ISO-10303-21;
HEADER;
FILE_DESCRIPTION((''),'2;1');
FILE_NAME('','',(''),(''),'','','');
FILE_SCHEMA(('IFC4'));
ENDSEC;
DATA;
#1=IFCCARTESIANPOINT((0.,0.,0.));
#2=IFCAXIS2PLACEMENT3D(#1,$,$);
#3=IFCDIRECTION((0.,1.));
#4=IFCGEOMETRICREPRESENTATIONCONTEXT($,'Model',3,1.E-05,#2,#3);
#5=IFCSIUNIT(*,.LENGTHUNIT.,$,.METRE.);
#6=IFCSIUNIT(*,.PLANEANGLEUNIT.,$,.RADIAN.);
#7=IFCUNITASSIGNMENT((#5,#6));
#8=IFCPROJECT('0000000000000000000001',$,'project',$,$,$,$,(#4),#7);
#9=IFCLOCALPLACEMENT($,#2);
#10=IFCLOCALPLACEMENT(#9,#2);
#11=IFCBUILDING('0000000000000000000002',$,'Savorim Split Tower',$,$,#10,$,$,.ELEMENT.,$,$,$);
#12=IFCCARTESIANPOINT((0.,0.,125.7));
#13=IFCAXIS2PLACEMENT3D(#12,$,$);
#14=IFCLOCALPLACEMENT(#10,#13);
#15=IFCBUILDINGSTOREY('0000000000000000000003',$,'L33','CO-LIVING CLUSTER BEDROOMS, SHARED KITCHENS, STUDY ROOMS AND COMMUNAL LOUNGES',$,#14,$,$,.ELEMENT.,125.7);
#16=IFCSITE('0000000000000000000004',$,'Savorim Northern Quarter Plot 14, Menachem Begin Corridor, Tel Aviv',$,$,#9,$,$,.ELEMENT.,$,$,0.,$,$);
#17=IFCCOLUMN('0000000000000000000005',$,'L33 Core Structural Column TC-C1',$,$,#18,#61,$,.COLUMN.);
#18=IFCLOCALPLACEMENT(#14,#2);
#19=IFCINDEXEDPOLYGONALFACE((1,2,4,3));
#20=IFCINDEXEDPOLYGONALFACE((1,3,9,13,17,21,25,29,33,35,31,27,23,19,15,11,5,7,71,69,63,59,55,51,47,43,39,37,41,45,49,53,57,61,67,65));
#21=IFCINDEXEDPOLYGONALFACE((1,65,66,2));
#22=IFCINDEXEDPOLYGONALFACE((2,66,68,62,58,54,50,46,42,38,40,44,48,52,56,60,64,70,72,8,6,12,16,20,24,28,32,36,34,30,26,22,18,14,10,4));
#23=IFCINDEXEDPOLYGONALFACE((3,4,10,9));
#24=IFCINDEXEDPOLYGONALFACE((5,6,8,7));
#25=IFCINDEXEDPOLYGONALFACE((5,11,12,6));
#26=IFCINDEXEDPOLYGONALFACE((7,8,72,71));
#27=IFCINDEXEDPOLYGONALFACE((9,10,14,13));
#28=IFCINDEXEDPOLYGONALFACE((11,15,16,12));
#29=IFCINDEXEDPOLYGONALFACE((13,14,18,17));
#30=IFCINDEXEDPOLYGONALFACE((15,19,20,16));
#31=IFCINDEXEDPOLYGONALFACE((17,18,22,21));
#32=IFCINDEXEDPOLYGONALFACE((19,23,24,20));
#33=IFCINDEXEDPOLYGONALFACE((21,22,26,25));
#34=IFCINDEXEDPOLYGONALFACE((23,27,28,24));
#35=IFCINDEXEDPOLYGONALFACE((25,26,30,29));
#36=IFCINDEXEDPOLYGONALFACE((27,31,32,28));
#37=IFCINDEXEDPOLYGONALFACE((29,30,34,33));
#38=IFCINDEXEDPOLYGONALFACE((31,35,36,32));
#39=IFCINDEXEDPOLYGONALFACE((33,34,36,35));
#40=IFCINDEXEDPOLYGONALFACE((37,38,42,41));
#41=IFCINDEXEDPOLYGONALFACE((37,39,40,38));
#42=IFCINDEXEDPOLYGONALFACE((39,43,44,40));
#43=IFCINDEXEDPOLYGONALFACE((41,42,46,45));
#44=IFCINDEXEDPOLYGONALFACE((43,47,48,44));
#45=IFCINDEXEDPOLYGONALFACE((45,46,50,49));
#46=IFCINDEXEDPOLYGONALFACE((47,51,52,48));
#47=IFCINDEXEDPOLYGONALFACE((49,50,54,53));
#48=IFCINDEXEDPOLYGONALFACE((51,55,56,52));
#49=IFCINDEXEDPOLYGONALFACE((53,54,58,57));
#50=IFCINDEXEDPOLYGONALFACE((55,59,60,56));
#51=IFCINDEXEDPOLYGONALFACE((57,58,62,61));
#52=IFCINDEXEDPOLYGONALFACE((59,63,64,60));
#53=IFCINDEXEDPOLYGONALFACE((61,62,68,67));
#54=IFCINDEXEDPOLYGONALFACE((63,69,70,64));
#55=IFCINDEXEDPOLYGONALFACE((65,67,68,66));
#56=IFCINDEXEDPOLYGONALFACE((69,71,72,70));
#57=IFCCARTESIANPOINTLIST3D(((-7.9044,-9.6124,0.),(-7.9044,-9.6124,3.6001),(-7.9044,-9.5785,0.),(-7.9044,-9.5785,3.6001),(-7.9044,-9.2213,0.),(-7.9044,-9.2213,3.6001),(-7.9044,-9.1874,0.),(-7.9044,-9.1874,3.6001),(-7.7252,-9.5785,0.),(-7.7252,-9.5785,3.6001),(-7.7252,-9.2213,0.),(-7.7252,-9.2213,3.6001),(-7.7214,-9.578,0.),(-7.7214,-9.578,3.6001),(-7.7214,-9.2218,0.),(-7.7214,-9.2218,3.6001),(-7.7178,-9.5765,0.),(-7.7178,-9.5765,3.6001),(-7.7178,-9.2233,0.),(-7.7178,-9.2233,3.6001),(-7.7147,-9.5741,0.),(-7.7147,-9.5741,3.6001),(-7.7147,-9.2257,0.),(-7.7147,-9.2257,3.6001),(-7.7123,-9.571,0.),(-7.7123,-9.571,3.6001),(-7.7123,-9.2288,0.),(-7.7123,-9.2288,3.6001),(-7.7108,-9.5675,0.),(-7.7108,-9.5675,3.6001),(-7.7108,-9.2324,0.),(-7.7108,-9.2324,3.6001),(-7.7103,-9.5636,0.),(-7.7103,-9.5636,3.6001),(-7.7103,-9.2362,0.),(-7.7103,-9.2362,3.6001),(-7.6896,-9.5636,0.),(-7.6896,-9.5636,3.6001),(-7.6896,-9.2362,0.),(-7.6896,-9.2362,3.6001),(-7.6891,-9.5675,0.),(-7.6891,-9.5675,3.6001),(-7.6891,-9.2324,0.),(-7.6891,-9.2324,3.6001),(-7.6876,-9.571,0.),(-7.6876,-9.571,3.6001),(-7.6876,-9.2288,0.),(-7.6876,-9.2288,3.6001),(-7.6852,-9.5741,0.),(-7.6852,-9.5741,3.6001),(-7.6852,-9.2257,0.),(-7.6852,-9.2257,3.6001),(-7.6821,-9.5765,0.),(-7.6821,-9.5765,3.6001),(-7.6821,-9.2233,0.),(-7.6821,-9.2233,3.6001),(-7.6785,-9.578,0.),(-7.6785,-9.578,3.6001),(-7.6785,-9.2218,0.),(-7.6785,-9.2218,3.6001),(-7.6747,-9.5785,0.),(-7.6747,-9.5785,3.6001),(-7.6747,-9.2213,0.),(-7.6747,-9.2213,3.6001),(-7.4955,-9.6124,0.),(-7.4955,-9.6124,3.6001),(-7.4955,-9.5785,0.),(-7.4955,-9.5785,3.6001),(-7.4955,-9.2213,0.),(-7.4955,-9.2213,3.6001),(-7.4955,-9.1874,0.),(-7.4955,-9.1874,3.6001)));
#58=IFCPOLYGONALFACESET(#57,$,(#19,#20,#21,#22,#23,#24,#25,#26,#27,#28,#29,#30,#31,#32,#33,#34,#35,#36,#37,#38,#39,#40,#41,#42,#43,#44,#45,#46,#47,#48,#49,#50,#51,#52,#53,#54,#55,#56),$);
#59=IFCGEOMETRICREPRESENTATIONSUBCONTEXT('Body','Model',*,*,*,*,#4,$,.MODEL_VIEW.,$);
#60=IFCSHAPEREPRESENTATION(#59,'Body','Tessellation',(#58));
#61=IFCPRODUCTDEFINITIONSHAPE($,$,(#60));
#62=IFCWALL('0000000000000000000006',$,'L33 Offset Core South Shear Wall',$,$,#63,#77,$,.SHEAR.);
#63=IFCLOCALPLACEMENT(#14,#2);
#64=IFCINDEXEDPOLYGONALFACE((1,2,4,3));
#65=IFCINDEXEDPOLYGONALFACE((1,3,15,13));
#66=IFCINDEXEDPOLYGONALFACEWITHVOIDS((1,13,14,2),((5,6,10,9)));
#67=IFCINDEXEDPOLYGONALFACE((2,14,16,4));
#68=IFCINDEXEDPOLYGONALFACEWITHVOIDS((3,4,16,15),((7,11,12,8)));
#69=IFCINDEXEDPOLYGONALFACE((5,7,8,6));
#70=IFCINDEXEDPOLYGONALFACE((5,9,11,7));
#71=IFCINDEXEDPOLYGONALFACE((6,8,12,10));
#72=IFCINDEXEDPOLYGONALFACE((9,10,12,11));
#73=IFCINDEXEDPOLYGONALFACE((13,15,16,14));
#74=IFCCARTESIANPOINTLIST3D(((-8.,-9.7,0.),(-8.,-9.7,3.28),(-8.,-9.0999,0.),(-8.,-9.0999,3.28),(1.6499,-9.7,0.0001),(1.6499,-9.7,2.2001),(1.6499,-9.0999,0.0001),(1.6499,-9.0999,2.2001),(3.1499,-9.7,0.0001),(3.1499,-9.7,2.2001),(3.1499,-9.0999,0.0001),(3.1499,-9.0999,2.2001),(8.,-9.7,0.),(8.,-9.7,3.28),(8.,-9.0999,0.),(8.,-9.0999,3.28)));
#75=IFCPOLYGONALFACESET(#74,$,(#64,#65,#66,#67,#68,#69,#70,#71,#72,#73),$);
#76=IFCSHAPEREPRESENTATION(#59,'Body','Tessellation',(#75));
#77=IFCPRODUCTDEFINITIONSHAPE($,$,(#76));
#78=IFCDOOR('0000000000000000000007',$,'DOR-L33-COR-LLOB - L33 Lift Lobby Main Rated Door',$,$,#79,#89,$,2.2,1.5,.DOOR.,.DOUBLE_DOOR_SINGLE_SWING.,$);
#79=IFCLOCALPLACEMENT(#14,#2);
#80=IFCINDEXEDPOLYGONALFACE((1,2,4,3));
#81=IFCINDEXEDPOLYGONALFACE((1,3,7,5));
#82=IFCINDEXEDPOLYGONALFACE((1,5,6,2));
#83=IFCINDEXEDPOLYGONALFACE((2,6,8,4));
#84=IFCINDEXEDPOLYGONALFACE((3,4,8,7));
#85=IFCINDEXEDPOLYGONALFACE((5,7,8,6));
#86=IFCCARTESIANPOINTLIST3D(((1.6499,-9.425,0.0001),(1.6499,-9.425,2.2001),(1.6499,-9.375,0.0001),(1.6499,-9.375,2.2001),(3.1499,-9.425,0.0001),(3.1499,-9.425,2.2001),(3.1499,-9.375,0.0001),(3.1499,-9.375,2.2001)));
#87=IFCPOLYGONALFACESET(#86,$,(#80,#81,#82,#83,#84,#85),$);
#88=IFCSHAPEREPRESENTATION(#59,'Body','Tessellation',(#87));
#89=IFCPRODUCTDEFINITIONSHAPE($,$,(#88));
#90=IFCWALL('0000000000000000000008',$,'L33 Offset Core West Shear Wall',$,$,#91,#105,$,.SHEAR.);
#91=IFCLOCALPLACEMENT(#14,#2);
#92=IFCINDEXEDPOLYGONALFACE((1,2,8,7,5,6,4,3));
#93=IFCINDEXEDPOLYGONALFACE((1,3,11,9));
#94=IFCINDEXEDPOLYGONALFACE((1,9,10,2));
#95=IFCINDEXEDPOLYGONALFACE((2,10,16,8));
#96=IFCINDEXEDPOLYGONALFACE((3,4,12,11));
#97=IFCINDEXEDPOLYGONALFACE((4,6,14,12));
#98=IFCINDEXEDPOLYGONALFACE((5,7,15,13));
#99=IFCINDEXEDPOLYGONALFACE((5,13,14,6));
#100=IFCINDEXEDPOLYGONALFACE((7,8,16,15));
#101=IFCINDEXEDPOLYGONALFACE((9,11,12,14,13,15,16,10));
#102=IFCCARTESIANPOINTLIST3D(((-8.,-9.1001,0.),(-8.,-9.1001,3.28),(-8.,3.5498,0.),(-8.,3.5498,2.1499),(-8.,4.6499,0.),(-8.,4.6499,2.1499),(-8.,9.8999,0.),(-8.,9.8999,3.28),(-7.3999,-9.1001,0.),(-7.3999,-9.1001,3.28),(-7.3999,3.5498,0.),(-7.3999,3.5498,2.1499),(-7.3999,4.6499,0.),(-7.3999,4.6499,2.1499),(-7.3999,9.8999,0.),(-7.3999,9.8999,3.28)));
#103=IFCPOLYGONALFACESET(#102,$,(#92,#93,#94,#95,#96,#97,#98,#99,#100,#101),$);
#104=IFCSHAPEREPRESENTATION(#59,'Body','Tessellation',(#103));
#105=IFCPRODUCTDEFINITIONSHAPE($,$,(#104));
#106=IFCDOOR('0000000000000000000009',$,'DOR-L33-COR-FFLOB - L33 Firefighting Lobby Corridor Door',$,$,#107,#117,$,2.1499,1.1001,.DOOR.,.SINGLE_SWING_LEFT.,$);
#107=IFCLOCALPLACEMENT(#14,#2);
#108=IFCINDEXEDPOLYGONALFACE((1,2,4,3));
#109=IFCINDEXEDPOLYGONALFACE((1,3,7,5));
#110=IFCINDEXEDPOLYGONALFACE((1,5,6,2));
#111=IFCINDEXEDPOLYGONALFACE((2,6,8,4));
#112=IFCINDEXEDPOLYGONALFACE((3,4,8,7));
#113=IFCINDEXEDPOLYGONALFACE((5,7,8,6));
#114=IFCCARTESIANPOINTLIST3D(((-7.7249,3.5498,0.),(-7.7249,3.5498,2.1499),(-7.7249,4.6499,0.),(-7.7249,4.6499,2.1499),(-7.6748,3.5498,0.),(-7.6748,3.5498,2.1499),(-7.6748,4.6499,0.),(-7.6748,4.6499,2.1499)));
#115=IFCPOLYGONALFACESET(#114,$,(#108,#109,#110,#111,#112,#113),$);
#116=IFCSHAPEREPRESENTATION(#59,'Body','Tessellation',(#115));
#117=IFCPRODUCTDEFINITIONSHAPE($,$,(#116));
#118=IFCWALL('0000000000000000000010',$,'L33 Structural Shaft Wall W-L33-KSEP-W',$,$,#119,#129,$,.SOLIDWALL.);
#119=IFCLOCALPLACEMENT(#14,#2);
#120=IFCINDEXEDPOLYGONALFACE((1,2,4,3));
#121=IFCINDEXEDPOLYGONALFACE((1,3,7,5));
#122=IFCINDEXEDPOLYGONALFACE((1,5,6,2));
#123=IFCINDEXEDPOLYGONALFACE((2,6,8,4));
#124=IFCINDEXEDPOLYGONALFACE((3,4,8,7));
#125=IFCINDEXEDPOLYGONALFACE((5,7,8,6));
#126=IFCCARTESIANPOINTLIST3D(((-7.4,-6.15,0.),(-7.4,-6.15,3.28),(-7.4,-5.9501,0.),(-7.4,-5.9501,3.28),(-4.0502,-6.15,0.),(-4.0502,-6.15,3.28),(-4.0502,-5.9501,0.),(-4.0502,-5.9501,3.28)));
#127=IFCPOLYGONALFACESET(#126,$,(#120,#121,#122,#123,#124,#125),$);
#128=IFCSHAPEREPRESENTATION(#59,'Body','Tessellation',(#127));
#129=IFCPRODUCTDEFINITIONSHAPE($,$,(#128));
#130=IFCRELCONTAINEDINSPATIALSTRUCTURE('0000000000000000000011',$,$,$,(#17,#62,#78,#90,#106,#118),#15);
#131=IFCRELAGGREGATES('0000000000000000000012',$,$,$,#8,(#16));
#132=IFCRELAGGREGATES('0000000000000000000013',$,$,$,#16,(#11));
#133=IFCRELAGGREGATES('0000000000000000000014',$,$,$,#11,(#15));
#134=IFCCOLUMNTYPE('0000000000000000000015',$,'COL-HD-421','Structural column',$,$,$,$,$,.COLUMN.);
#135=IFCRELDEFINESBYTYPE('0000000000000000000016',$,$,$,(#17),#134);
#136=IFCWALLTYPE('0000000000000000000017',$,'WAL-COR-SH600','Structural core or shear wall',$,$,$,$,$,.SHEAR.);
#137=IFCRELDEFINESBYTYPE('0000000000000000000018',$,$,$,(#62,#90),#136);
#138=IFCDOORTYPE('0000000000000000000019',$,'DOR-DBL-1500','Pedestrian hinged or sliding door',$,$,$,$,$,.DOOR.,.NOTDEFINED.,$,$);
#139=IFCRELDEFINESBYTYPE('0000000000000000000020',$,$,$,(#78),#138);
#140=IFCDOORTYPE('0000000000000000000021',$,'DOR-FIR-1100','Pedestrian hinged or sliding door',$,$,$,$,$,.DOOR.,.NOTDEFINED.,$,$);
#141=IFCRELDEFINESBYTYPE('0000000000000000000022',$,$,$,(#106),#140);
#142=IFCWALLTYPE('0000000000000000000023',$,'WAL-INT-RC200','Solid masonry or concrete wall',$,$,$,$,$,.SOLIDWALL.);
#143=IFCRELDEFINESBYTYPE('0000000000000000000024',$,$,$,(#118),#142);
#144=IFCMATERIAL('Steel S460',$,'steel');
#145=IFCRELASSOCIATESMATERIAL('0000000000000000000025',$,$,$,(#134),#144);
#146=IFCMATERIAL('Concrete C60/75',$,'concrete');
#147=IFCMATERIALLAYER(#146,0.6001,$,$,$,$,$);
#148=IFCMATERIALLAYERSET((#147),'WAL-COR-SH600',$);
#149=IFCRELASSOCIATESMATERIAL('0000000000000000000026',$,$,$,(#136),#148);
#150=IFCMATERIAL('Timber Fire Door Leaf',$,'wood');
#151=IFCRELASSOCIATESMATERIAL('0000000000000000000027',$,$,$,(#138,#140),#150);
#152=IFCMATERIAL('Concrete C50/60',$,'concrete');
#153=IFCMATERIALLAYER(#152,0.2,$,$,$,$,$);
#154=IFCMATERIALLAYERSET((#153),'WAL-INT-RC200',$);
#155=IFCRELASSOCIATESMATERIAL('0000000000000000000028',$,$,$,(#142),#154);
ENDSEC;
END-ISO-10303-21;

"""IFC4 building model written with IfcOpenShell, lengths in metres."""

from ifc_helpers import new_model, si_unit, direction, frame, frame_2d, origin, origin_2d, place, context, subcontext, project, spatial, rectangle, i_section, extrude, material, layer, layer_set, material_profile, profile_set, type_object, element, fill, save


model = new_model("IFC4")

# Units and contexts
model_context = context("Model", 3, precision=1e-05, world=origin(), true_north=direction((0.0, 1.0)))
body_context = subcontext(model_context, "Body", "Model", "MODEL_VIEW")
ifc_project = project(units=[si_unit("LENGTHUNIT", "METRE"), si_unit("PLANEANGLEUNIT", "RADIAN")], contexts=[model_context])

# Site, building, storey
site_placement = place(None, origin())
site = spatial("IfcSite", under=ifc_project, at=site_placement, Name="Savorim Northern Quarter Plot 14, Menachem Begin Corridor, Tel Aviv", CompositionType="ELEMENT", RefElevation=0.0)
building_placement = place(site_placement, origin())
building = spatial("IfcBuilding", under=site, at=building_placement, Name="Savorim Split Tower", CompositionType="ELEMENT")
storey_placement = place(building_placement, frame((0.0, 0.0, 125.7)))
storey = spatial("IfcBuildingStorey", under=building, at=storey_placement, Name="L33", Description="CO-LIVING CLUSTER BEDROOMS, SHARED KITCHENS, STUDY ROOMS AND COMMUNAL LOUNGES", CompositionType="ELEMENT", Elevation=125.7)

# Column
ifc_material_1 = material(Name="Steel S460", Category="steel")
ifc_material_profile = material_profile(ifc_material_1, i_section(OverallWidth=0.4089, OverallDepth=0.425, WebThickness=0.0208, FlangeThickness=0.0339, FilletRadius=0.0149, at=origin_2d()), Name="HD 400x421")
ifc_profile_set = profile_set([ifc_material_profile], Name="Steel S460")
column_type = type_object("IfcColumnType", Name="COL-HD-421", Description="Structural column", PredefinedType="COLUMN", material=ifc_profile_set)
column_placement = place(storey_placement, frame((-7.7, -9.3999, 0.0), z_axis=(0.0, 0.0, 1.0), x_axis=(1.0, 0.0, 0.0)))
element("IfcColumn", 1, at=column_placement, inside=storey, type_object=column_type, Name="L33 Core Structural Column TC-C1", PredefinedType="COLUMN", context=body_context, shape_type="SweptSolid", body=[
    extrude(i_section(OverallWidth=0.4089, OverallDepth=0.425, WebThickness=0.0208, FlangeThickness=0.0339, FilletRadius=0.0149, at=origin_2d()), origin(), (0.0, 0.0, 1.0), 3.6001),
])

# Walls, openings, doors
ifc_material_2 = material(Name="Concrete C60/75", Category="concrete")
ifc_layer_1 = layer(ifc_material_2, 0.6001)
ifc_layer_set_1 = layer_set([ifc_layer_1], Name="WAL-COR-SH600")
wall_type_1 = type_object("IfcWallType", Name="WAL-COR-SH600", Description="Structural core or shear wall", PredefinedType="SHEAR", material=ifc_layer_set_1)
wall_1_placement = place(storey_placement, frame((-8.0, -9.3999, 0.0), z_axis=(0.0, 0.0, 1.0), x_axis=(1.0, 0.0, 0.0)))
wall_1 = element("IfcWall", 2, at=wall_1_placement, inside=storey, type_object=wall_type_1, Name="L33 Offset Core South Shear Wall", PredefinedType="SHEAR", context=body_context, shape_type="SweptSolid", body=[
    extrude(rectangle(XDim=16.0, YDim=0.6001, at=frame_2d((8.0, 0.0))), origin(), (0.0, 0.0, 1.0), 3.28),
])
opening_1_placement = place(wall_1_placement, frame((9.6499, 0.0, 0.0)))
opening_1 = element("IfcOpeningElement", 3, at=opening_1_placement, cuts=wall_1, PredefinedType="OPENING", context=body_context, shape_type="SweptSolid", body=[
    extrude(rectangle(XDim=1.5, YDim=2.2, at=frame_2d((0.75, 1.1001))), frame((0.0, 0.3101, 0.0), z_axis=(0.0, -1.0, 0.0), x_axis=(1.0, 0.0, 0.0)), (0.0, 0.0, 1.0), 0.6201),
])
ifc_material_3 = material(Name="Timber Fire Door Leaf", Category="wood")
door_type_1 = type_object("IfcDoorType", Name="DOR-DBL-1500", Description="Pedestrian hinged or sliding door", OperationType="NOTDEFINED", PredefinedType="DOOR", material=ifc_material_3)
door_1_placement = place(opening_1_placement, origin())
door_1 = element("IfcDoor", 4, at=door_1_placement, inside=storey, type_object=door_type_1, Name="DOR-L33-COR-LLOB - L33 Lift Lobby Main Rated Door", OperationType="DOUBLE_DOOR_SINGLE_SWING", OverallHeight=2.2, OverallWidth=1.5, PredefinedType="DOOR", context=body_context, shape_type="SweptSolid", body=[
    extrude(rectangle(XDim=1.5, YDim=2.2, at=frame_2d((0.75, 1.1001))), frame((0.0, 0.0249, 0.0), z_axis=(0.0, -1.0, 0.0), x_axis=(1.0, 0.0, 0.0)), (0.0, 0.0, 1.0), 0.05),
])
fill(opening_1, door_1)
wall_2_placement = place(storey_placement, frame((-7.7, -9.1001, 0.0), z_axis=(0.0, 0.0, 1.0), x_axis=(0.0, 1.0, 0.0)))
wall_2 = element("IfcWall", 5, at=wall_2_placement, inside=storey, type_object=wall_type_1, Name="L33 Offset Core West Shear Wall", PredefinedType="SHEAR", context=body_context, shape_type="SweptSolid", body=[
    extrude(rectangle(XDim=19.0, YDim=0.6001, at=frame_2d((9.5, 0.0))), origin(), (0.0, 0.0, 1.0), 3.28),
])
opening_2_placement = place(wall_2_placement, frame((12.6499, 0.0, 0.0)))
opening_2 = element("IfcOpeningElement", 6, at=opening_2_placement, cuts=wall_2, PredefinedType="OPENING", context=body_context, shape_type="SweptSolid", body=[
    extrude(rectangle(XDim=1.1001, YDim=2.1499, at=frame_2d((0.55, 1.075))), frame((0.0, 0.3101, 0.0), z_axis=(0.0, -1.0, 0.0), x_axis=(1.0, 0.0, 0.0)), (0.0, 0.0, 1.0), 0.6201),
])
door_type_2 = type_object("IfcDoorType", Name="DOR-FIR-1100", Description="Pedestrian hinged or sliding door", OperationType="NOTDEFINED", PredefinedType="DOOR", material=ifc_material_3)
door_2_placement = place(opening_2_placement, origin())
door_2 = element("IfcDoor", 7, at=door_2_placement, inside=storey, type_object=door_type_2, Name="DOR-L33-COR-FFLOB - L33 Firefighting Lobby Corridor Door", OperationType="SINGLE_SWING_LEFT", OverallHeight=2.1499, OverallWidth=1.1001, PredefinedType="DOOR", context=body_context, shape_type="SweptSolid", body=[
    extrude(rectangle(XDim=1.1001, YDim=2.1499, at=frame_2d((0.55, 1.075))), frame((0.0, 0.0249, 0.0), z_axis=(0.0, -1.0, 0.0), x_axis=(1.0, 0.0, 0.0)), (0.0, 0.0, 1.0), 0.05),
])
fill(opening_2, door_2)

# Wall
ifc_material_4 = material(Name="Concrete C50/60", Category="concrete")
ifc_layer_2 = layer(ifc_material_4, 0.2)
ifc_layer_set_2 = layer_set([ifc_layer_2], Name="WAL-INT-RC200")
wall_type_2 = type_object("IfcWallType", Name="WAL-INT-RC200", Description="Solid masonry or concrete wall", PredefinedType="SOLIDWALL", material=ifc_layer_set_2)
wall_3_placement = place(storey_placement, frame((-7.3999, -6.05, 0.0), z_axis=(0.0, 0.0, 1.0), x_axis=(1.0, 0.0, 0.0)))
element("IfcWall", 8, at=wall_3_placement, inside=storey, type_object=wall_type_2, Name="L33 Structural Shaft Wall W-L33-KSEP-W", PredefinedType="SOLIDWALL", context=body_context, shape_type="SweptSolid", body=[
    extrude(rectangle(XDim=3.3499, YDim=0.2, at=frame_2d((1.6748, 0.0))), origin(), (0.0, 0.0, 1.0), 3.28),
])

save(model, "model.ifc")
